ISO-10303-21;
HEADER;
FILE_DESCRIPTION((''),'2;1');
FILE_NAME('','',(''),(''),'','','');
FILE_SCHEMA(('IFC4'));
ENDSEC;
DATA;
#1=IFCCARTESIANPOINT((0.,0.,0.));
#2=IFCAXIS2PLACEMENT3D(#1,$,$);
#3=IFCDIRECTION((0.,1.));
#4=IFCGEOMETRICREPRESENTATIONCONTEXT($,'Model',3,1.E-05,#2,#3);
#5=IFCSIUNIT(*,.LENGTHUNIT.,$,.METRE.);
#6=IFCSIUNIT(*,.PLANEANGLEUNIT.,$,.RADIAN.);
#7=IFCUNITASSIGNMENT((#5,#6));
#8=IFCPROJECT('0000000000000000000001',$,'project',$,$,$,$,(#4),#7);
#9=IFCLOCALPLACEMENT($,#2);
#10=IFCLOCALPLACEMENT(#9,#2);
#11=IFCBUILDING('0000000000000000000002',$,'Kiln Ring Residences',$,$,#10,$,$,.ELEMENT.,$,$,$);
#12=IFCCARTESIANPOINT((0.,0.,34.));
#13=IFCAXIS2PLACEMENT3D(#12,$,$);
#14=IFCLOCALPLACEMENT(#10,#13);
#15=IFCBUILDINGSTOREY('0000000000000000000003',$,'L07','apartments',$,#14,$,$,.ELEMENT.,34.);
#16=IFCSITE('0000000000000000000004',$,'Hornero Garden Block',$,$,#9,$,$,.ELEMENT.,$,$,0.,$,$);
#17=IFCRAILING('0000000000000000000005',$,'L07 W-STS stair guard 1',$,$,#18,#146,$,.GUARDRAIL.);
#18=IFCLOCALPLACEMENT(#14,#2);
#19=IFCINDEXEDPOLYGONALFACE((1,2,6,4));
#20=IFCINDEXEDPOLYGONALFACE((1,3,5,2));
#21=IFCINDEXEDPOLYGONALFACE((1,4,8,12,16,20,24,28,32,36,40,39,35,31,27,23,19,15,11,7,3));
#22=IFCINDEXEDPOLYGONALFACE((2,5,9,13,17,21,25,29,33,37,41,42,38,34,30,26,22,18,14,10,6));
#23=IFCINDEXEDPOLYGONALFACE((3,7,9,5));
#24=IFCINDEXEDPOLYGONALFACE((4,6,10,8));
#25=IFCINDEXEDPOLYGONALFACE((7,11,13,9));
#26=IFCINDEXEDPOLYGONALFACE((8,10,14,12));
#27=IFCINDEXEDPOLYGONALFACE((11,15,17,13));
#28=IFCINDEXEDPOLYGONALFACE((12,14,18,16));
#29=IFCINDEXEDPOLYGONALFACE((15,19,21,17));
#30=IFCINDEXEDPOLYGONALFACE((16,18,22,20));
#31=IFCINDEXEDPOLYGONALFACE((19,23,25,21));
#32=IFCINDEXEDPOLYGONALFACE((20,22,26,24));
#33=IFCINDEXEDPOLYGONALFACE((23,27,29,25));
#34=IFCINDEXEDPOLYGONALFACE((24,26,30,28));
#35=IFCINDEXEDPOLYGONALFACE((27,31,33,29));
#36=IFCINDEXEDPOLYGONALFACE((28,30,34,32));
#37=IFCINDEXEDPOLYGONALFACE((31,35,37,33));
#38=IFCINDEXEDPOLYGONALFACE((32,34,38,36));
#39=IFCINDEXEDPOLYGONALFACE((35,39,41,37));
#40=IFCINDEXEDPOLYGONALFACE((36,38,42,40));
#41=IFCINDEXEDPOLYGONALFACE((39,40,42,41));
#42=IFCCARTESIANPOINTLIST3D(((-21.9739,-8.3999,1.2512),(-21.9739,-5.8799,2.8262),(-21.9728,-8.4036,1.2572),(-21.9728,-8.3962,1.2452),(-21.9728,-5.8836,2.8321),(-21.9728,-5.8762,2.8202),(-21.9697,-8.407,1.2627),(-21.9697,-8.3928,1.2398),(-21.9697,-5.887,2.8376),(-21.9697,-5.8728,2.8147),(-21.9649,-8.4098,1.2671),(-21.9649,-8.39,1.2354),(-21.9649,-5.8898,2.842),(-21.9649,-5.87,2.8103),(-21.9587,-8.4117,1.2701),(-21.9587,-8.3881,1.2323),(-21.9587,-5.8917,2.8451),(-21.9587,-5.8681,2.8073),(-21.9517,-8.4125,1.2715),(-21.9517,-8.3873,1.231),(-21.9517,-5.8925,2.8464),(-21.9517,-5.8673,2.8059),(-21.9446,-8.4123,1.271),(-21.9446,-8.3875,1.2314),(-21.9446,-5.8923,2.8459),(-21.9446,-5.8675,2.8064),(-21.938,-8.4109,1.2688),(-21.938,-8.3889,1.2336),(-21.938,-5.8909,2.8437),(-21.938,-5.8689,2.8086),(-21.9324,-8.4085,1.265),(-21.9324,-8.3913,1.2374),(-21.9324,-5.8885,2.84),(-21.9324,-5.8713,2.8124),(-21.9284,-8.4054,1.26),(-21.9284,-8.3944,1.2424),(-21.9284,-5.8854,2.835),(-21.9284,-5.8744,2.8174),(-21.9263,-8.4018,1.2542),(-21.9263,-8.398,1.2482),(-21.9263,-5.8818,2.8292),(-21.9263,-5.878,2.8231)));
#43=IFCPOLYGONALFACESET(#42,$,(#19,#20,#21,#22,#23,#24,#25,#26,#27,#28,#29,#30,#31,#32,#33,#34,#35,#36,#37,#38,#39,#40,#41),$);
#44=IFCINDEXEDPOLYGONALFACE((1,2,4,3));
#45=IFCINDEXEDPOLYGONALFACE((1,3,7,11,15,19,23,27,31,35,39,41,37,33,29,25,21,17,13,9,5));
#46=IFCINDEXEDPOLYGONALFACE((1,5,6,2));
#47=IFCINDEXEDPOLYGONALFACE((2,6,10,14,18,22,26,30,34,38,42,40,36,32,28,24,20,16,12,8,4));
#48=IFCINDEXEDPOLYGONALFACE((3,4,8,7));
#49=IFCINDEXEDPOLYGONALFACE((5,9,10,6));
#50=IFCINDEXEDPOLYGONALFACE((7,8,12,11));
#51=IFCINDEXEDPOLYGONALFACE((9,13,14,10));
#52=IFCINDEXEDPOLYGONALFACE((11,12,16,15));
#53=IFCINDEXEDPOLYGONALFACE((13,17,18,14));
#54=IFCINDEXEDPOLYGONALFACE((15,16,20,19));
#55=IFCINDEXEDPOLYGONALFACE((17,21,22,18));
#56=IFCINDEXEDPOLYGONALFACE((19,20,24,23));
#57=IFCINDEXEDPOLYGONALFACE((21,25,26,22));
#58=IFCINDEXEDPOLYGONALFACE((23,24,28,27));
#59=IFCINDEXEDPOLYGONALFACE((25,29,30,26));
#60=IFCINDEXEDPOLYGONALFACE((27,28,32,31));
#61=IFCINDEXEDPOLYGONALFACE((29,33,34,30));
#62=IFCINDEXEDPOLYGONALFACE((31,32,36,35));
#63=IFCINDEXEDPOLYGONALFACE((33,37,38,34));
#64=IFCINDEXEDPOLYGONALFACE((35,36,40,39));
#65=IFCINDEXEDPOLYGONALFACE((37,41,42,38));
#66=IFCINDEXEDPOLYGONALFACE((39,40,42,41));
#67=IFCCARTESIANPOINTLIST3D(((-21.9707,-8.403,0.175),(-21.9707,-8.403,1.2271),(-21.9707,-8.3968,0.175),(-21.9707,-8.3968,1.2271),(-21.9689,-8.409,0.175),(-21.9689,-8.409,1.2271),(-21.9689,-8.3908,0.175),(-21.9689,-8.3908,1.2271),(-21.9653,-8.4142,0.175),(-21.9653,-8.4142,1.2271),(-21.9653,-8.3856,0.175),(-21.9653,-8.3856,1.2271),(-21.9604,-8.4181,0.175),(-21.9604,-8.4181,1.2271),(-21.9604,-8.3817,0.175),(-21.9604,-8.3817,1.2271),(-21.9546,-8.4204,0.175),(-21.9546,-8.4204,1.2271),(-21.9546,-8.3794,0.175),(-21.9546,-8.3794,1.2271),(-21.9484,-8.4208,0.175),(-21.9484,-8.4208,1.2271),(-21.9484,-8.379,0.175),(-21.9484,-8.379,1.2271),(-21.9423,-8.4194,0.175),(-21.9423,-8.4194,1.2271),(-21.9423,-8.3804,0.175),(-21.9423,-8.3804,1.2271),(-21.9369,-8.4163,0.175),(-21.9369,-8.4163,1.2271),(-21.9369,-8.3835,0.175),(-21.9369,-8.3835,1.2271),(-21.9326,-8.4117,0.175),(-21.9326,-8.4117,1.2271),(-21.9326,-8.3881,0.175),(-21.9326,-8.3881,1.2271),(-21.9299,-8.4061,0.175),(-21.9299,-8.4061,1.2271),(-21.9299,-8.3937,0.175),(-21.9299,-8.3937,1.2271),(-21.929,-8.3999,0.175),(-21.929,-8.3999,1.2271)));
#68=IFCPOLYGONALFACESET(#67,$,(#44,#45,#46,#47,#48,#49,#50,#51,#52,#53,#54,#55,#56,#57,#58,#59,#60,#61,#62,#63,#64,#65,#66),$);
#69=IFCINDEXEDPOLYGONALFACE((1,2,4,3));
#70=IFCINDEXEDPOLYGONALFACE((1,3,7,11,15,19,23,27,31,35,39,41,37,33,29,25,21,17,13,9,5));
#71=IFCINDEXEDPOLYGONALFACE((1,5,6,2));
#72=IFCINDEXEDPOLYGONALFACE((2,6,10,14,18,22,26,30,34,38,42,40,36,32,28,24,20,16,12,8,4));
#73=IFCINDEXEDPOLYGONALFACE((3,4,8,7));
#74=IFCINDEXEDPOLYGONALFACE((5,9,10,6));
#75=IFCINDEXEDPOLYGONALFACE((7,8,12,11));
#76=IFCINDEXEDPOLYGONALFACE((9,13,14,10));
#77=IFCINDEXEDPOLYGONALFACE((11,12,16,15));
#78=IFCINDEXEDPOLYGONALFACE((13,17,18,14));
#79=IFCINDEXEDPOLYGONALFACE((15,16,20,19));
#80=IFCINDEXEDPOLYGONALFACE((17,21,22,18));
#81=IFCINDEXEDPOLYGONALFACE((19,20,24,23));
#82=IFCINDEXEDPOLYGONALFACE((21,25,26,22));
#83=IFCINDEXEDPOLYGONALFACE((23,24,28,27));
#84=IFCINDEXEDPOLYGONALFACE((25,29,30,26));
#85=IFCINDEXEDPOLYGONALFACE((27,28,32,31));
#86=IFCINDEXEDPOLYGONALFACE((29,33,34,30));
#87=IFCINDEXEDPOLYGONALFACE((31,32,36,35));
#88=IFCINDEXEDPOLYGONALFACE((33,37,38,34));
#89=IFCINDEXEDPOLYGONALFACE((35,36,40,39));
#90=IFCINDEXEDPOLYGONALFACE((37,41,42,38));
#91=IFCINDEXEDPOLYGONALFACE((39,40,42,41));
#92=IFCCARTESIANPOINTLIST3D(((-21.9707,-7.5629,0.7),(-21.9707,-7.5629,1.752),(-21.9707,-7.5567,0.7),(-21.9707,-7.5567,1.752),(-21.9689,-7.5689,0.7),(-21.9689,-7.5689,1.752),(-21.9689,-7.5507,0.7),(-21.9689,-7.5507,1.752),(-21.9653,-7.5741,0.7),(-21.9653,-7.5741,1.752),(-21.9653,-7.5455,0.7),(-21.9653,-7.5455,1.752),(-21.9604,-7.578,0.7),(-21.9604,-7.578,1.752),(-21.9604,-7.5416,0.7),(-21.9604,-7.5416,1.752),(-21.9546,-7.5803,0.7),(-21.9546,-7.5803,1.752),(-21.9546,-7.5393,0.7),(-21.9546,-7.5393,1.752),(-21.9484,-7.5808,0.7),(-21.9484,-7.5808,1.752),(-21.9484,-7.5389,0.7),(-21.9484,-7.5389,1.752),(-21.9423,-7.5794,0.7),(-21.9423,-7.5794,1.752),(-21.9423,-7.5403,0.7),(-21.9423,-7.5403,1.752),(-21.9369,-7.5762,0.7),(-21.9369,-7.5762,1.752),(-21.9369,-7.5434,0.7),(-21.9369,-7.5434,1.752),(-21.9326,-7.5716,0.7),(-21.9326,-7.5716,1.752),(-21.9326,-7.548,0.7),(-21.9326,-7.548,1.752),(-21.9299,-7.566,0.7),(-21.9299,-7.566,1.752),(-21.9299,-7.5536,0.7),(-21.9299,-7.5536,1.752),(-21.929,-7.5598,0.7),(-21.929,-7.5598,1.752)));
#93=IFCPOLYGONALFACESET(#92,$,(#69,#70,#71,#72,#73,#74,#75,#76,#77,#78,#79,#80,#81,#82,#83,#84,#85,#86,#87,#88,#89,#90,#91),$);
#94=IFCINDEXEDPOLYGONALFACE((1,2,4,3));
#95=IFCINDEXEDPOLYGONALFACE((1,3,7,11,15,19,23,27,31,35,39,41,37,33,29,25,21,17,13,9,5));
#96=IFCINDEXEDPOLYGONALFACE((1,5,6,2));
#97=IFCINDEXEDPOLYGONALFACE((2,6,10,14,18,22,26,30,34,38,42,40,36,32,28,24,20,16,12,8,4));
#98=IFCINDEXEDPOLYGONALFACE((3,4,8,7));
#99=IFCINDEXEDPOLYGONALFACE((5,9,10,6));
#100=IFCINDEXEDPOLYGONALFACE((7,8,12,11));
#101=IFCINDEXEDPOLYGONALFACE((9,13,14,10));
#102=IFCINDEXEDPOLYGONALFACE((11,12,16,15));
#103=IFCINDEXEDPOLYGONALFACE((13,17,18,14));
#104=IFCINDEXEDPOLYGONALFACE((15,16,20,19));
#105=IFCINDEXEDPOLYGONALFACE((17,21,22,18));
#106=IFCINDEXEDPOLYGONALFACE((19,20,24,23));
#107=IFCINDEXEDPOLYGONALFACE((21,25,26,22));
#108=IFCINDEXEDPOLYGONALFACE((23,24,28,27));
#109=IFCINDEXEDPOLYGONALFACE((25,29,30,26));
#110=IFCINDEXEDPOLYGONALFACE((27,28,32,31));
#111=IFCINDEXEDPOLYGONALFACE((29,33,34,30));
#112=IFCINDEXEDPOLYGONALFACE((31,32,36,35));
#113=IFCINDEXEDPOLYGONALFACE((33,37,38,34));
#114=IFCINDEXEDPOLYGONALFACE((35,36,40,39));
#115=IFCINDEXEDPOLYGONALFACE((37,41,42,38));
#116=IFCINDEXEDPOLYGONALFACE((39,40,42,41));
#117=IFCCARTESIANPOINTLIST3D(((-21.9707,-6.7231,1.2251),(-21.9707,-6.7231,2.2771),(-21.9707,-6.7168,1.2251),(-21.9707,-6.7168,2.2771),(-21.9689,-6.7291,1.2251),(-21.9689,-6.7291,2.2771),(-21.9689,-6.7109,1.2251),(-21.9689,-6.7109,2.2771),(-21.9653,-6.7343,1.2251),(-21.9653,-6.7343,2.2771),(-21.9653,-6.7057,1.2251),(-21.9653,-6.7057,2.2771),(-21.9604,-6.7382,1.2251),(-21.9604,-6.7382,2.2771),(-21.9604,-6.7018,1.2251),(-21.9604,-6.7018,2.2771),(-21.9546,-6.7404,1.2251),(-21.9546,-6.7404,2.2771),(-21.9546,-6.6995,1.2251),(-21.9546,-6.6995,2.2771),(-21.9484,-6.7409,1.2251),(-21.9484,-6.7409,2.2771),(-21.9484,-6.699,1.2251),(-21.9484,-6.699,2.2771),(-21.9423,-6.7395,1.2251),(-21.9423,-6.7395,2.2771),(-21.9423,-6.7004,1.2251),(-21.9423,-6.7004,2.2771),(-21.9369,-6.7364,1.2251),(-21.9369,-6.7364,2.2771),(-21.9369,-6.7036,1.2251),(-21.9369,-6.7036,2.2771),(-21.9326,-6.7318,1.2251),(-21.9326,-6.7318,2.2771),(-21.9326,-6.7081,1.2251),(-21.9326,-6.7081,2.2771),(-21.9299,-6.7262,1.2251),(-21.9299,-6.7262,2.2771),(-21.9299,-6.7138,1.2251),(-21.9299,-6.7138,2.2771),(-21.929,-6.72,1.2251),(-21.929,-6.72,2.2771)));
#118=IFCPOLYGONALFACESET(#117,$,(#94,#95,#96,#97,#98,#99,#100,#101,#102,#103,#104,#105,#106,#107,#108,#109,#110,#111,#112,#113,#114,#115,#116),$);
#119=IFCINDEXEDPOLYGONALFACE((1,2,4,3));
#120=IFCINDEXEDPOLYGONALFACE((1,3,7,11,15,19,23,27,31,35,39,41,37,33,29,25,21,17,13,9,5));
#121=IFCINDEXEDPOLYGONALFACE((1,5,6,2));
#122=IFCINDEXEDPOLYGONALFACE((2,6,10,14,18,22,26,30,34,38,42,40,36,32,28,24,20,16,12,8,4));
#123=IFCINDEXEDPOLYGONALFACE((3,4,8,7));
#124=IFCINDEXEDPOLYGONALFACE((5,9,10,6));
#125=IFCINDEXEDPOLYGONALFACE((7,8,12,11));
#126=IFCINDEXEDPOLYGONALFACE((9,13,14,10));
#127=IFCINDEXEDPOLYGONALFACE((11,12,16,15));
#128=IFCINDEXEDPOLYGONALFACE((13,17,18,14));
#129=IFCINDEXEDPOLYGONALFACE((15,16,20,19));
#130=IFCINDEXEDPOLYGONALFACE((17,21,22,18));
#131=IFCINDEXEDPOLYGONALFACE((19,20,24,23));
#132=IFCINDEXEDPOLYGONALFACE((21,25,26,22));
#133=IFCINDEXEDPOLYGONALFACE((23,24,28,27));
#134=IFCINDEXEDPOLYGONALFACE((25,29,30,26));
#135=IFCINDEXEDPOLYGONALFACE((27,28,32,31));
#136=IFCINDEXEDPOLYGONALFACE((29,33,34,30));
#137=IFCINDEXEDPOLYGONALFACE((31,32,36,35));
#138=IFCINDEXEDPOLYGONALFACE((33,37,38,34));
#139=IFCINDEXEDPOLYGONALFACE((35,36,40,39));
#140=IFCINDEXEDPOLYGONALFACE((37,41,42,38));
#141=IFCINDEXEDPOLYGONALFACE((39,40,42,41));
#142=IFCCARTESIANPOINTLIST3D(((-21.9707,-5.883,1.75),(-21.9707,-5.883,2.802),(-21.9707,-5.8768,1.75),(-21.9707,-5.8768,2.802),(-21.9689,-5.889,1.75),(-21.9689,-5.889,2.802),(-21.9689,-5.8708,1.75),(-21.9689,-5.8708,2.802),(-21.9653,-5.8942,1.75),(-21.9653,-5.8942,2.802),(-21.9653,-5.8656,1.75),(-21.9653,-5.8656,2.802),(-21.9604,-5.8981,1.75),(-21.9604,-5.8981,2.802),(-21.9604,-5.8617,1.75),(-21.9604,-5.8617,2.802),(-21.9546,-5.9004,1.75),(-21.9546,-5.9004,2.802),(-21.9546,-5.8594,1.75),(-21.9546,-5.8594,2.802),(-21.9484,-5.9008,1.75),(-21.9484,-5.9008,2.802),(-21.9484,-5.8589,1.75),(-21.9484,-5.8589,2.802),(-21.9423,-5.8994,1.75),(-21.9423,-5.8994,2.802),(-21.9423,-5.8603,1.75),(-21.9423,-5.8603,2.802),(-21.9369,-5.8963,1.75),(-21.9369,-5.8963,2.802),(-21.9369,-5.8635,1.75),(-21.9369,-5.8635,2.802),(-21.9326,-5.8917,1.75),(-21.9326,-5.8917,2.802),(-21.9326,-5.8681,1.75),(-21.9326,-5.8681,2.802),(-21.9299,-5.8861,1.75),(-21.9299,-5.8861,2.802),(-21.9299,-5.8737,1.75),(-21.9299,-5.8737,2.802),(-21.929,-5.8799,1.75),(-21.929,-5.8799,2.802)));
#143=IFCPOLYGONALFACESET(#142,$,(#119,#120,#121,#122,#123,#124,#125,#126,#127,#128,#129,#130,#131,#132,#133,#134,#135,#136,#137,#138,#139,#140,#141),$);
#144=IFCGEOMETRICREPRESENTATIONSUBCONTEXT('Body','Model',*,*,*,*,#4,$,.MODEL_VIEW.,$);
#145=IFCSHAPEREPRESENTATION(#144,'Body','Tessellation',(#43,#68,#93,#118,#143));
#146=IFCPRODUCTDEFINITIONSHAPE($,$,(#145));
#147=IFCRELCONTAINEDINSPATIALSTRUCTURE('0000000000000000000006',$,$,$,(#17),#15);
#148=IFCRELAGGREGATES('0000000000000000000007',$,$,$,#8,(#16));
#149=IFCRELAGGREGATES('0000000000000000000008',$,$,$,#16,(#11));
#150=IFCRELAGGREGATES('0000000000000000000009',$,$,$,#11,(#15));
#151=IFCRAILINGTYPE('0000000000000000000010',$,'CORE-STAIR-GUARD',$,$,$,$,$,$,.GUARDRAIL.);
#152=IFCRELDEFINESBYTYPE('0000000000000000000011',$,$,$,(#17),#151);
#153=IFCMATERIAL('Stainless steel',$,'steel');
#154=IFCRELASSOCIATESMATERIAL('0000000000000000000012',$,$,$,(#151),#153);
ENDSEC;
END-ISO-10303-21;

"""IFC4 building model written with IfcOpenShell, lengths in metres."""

from ifc_helpers import new_model, si_unit, direction, frame, origin, origin_2d, place, context, subcontext, project, spatial, circle, extrude, material, type_object, element, save


model = new_model("IFC4")

# Units and contexts
model_context = context("Model", 3, precision=1e-05, world=origin(), true_north=direction((0.0, 1.0)))
body_context = subcontext(model_context, "Body", "Model", "MODEL_VIEW")
ifc_project = project(units=[si_unit("LENGTHUNIT", "METRE"), si_unit("PLANEANGLEUNIT", "RADIAN")], contexts=[model_context])

# Site, building, storey
site_placement = place(None, origin())
site = spatial("IfcSite", under=ifc_project, at=site_placement, Name="Hornero Garden Block", CompositionType="ELEMENT", RefElevation=0.0)
building_placement = place(site_placement, origin())
building = spatial("IfcBuilding", under=site, at=building_placement, Name="Kiln Ring Residences", CompositionType="ELEMENT")
storey_placement = place(building_placement, frame((0.0, 0.0, 34.0)))
storey = spatial("IfcBuildingStorey", under=building, at=storey_placement, Name="L07", Description="apartments", CompositionType="ELEMENT", Elevation=34.0)

# Railing
ifc_material_1 = material(Name="Stainless steel", Category="steel")
railing_type_1 = type_object("IfcRailingType", Name="CORE-STAIR-GUARD", PredefinedType="GUARDRAIL", material=ifc_material_1)
railing_1_placement = place(storey_placement, frame((-21.95, -8.3999, 0.175)))
element("IfcRailing", 1, at=railing_1_placement, inside=storey, type_object=railing_type_1, Name="L07 W-STS stair guard 1", PredefinedType="GUARDRAIL", context=body_context, shape_type="SweptSolid", body=[
    extrude(circle(Radius=0.0239, at=origin_2d()), frame((0.0, 0.0, 1.0762), z_axis=(0.0, 0.848008, 0.529984), x_axis=(-1.0, 0.0, 0.0)), (0.0, 0.0, 1.0), 2.9717),
    extrude(circle(Radius=0.021, at=origin_2d()), origin(), (0.0, 0.0, 1.0), 1.052),
    extrude(circle(Radius=0.021, at=origin_2d()), frame((0.0, 0.8401, 0.5249)), (0.0, 0.0, 1.0), 1.052),
    extrude(circle(Radius=0.021, at=origin_2d()), frame((0.0, 1.6799, 1.05)), (0.0, 0.0, 1.0), 1.052),
    extrude(circle(Radius=0.021, at=origin_2d()), frame((0.0, 2.52, 1.575)), (0.0, 0.0, 1.0), 1.052),
])

save(model, "model.ifc")
